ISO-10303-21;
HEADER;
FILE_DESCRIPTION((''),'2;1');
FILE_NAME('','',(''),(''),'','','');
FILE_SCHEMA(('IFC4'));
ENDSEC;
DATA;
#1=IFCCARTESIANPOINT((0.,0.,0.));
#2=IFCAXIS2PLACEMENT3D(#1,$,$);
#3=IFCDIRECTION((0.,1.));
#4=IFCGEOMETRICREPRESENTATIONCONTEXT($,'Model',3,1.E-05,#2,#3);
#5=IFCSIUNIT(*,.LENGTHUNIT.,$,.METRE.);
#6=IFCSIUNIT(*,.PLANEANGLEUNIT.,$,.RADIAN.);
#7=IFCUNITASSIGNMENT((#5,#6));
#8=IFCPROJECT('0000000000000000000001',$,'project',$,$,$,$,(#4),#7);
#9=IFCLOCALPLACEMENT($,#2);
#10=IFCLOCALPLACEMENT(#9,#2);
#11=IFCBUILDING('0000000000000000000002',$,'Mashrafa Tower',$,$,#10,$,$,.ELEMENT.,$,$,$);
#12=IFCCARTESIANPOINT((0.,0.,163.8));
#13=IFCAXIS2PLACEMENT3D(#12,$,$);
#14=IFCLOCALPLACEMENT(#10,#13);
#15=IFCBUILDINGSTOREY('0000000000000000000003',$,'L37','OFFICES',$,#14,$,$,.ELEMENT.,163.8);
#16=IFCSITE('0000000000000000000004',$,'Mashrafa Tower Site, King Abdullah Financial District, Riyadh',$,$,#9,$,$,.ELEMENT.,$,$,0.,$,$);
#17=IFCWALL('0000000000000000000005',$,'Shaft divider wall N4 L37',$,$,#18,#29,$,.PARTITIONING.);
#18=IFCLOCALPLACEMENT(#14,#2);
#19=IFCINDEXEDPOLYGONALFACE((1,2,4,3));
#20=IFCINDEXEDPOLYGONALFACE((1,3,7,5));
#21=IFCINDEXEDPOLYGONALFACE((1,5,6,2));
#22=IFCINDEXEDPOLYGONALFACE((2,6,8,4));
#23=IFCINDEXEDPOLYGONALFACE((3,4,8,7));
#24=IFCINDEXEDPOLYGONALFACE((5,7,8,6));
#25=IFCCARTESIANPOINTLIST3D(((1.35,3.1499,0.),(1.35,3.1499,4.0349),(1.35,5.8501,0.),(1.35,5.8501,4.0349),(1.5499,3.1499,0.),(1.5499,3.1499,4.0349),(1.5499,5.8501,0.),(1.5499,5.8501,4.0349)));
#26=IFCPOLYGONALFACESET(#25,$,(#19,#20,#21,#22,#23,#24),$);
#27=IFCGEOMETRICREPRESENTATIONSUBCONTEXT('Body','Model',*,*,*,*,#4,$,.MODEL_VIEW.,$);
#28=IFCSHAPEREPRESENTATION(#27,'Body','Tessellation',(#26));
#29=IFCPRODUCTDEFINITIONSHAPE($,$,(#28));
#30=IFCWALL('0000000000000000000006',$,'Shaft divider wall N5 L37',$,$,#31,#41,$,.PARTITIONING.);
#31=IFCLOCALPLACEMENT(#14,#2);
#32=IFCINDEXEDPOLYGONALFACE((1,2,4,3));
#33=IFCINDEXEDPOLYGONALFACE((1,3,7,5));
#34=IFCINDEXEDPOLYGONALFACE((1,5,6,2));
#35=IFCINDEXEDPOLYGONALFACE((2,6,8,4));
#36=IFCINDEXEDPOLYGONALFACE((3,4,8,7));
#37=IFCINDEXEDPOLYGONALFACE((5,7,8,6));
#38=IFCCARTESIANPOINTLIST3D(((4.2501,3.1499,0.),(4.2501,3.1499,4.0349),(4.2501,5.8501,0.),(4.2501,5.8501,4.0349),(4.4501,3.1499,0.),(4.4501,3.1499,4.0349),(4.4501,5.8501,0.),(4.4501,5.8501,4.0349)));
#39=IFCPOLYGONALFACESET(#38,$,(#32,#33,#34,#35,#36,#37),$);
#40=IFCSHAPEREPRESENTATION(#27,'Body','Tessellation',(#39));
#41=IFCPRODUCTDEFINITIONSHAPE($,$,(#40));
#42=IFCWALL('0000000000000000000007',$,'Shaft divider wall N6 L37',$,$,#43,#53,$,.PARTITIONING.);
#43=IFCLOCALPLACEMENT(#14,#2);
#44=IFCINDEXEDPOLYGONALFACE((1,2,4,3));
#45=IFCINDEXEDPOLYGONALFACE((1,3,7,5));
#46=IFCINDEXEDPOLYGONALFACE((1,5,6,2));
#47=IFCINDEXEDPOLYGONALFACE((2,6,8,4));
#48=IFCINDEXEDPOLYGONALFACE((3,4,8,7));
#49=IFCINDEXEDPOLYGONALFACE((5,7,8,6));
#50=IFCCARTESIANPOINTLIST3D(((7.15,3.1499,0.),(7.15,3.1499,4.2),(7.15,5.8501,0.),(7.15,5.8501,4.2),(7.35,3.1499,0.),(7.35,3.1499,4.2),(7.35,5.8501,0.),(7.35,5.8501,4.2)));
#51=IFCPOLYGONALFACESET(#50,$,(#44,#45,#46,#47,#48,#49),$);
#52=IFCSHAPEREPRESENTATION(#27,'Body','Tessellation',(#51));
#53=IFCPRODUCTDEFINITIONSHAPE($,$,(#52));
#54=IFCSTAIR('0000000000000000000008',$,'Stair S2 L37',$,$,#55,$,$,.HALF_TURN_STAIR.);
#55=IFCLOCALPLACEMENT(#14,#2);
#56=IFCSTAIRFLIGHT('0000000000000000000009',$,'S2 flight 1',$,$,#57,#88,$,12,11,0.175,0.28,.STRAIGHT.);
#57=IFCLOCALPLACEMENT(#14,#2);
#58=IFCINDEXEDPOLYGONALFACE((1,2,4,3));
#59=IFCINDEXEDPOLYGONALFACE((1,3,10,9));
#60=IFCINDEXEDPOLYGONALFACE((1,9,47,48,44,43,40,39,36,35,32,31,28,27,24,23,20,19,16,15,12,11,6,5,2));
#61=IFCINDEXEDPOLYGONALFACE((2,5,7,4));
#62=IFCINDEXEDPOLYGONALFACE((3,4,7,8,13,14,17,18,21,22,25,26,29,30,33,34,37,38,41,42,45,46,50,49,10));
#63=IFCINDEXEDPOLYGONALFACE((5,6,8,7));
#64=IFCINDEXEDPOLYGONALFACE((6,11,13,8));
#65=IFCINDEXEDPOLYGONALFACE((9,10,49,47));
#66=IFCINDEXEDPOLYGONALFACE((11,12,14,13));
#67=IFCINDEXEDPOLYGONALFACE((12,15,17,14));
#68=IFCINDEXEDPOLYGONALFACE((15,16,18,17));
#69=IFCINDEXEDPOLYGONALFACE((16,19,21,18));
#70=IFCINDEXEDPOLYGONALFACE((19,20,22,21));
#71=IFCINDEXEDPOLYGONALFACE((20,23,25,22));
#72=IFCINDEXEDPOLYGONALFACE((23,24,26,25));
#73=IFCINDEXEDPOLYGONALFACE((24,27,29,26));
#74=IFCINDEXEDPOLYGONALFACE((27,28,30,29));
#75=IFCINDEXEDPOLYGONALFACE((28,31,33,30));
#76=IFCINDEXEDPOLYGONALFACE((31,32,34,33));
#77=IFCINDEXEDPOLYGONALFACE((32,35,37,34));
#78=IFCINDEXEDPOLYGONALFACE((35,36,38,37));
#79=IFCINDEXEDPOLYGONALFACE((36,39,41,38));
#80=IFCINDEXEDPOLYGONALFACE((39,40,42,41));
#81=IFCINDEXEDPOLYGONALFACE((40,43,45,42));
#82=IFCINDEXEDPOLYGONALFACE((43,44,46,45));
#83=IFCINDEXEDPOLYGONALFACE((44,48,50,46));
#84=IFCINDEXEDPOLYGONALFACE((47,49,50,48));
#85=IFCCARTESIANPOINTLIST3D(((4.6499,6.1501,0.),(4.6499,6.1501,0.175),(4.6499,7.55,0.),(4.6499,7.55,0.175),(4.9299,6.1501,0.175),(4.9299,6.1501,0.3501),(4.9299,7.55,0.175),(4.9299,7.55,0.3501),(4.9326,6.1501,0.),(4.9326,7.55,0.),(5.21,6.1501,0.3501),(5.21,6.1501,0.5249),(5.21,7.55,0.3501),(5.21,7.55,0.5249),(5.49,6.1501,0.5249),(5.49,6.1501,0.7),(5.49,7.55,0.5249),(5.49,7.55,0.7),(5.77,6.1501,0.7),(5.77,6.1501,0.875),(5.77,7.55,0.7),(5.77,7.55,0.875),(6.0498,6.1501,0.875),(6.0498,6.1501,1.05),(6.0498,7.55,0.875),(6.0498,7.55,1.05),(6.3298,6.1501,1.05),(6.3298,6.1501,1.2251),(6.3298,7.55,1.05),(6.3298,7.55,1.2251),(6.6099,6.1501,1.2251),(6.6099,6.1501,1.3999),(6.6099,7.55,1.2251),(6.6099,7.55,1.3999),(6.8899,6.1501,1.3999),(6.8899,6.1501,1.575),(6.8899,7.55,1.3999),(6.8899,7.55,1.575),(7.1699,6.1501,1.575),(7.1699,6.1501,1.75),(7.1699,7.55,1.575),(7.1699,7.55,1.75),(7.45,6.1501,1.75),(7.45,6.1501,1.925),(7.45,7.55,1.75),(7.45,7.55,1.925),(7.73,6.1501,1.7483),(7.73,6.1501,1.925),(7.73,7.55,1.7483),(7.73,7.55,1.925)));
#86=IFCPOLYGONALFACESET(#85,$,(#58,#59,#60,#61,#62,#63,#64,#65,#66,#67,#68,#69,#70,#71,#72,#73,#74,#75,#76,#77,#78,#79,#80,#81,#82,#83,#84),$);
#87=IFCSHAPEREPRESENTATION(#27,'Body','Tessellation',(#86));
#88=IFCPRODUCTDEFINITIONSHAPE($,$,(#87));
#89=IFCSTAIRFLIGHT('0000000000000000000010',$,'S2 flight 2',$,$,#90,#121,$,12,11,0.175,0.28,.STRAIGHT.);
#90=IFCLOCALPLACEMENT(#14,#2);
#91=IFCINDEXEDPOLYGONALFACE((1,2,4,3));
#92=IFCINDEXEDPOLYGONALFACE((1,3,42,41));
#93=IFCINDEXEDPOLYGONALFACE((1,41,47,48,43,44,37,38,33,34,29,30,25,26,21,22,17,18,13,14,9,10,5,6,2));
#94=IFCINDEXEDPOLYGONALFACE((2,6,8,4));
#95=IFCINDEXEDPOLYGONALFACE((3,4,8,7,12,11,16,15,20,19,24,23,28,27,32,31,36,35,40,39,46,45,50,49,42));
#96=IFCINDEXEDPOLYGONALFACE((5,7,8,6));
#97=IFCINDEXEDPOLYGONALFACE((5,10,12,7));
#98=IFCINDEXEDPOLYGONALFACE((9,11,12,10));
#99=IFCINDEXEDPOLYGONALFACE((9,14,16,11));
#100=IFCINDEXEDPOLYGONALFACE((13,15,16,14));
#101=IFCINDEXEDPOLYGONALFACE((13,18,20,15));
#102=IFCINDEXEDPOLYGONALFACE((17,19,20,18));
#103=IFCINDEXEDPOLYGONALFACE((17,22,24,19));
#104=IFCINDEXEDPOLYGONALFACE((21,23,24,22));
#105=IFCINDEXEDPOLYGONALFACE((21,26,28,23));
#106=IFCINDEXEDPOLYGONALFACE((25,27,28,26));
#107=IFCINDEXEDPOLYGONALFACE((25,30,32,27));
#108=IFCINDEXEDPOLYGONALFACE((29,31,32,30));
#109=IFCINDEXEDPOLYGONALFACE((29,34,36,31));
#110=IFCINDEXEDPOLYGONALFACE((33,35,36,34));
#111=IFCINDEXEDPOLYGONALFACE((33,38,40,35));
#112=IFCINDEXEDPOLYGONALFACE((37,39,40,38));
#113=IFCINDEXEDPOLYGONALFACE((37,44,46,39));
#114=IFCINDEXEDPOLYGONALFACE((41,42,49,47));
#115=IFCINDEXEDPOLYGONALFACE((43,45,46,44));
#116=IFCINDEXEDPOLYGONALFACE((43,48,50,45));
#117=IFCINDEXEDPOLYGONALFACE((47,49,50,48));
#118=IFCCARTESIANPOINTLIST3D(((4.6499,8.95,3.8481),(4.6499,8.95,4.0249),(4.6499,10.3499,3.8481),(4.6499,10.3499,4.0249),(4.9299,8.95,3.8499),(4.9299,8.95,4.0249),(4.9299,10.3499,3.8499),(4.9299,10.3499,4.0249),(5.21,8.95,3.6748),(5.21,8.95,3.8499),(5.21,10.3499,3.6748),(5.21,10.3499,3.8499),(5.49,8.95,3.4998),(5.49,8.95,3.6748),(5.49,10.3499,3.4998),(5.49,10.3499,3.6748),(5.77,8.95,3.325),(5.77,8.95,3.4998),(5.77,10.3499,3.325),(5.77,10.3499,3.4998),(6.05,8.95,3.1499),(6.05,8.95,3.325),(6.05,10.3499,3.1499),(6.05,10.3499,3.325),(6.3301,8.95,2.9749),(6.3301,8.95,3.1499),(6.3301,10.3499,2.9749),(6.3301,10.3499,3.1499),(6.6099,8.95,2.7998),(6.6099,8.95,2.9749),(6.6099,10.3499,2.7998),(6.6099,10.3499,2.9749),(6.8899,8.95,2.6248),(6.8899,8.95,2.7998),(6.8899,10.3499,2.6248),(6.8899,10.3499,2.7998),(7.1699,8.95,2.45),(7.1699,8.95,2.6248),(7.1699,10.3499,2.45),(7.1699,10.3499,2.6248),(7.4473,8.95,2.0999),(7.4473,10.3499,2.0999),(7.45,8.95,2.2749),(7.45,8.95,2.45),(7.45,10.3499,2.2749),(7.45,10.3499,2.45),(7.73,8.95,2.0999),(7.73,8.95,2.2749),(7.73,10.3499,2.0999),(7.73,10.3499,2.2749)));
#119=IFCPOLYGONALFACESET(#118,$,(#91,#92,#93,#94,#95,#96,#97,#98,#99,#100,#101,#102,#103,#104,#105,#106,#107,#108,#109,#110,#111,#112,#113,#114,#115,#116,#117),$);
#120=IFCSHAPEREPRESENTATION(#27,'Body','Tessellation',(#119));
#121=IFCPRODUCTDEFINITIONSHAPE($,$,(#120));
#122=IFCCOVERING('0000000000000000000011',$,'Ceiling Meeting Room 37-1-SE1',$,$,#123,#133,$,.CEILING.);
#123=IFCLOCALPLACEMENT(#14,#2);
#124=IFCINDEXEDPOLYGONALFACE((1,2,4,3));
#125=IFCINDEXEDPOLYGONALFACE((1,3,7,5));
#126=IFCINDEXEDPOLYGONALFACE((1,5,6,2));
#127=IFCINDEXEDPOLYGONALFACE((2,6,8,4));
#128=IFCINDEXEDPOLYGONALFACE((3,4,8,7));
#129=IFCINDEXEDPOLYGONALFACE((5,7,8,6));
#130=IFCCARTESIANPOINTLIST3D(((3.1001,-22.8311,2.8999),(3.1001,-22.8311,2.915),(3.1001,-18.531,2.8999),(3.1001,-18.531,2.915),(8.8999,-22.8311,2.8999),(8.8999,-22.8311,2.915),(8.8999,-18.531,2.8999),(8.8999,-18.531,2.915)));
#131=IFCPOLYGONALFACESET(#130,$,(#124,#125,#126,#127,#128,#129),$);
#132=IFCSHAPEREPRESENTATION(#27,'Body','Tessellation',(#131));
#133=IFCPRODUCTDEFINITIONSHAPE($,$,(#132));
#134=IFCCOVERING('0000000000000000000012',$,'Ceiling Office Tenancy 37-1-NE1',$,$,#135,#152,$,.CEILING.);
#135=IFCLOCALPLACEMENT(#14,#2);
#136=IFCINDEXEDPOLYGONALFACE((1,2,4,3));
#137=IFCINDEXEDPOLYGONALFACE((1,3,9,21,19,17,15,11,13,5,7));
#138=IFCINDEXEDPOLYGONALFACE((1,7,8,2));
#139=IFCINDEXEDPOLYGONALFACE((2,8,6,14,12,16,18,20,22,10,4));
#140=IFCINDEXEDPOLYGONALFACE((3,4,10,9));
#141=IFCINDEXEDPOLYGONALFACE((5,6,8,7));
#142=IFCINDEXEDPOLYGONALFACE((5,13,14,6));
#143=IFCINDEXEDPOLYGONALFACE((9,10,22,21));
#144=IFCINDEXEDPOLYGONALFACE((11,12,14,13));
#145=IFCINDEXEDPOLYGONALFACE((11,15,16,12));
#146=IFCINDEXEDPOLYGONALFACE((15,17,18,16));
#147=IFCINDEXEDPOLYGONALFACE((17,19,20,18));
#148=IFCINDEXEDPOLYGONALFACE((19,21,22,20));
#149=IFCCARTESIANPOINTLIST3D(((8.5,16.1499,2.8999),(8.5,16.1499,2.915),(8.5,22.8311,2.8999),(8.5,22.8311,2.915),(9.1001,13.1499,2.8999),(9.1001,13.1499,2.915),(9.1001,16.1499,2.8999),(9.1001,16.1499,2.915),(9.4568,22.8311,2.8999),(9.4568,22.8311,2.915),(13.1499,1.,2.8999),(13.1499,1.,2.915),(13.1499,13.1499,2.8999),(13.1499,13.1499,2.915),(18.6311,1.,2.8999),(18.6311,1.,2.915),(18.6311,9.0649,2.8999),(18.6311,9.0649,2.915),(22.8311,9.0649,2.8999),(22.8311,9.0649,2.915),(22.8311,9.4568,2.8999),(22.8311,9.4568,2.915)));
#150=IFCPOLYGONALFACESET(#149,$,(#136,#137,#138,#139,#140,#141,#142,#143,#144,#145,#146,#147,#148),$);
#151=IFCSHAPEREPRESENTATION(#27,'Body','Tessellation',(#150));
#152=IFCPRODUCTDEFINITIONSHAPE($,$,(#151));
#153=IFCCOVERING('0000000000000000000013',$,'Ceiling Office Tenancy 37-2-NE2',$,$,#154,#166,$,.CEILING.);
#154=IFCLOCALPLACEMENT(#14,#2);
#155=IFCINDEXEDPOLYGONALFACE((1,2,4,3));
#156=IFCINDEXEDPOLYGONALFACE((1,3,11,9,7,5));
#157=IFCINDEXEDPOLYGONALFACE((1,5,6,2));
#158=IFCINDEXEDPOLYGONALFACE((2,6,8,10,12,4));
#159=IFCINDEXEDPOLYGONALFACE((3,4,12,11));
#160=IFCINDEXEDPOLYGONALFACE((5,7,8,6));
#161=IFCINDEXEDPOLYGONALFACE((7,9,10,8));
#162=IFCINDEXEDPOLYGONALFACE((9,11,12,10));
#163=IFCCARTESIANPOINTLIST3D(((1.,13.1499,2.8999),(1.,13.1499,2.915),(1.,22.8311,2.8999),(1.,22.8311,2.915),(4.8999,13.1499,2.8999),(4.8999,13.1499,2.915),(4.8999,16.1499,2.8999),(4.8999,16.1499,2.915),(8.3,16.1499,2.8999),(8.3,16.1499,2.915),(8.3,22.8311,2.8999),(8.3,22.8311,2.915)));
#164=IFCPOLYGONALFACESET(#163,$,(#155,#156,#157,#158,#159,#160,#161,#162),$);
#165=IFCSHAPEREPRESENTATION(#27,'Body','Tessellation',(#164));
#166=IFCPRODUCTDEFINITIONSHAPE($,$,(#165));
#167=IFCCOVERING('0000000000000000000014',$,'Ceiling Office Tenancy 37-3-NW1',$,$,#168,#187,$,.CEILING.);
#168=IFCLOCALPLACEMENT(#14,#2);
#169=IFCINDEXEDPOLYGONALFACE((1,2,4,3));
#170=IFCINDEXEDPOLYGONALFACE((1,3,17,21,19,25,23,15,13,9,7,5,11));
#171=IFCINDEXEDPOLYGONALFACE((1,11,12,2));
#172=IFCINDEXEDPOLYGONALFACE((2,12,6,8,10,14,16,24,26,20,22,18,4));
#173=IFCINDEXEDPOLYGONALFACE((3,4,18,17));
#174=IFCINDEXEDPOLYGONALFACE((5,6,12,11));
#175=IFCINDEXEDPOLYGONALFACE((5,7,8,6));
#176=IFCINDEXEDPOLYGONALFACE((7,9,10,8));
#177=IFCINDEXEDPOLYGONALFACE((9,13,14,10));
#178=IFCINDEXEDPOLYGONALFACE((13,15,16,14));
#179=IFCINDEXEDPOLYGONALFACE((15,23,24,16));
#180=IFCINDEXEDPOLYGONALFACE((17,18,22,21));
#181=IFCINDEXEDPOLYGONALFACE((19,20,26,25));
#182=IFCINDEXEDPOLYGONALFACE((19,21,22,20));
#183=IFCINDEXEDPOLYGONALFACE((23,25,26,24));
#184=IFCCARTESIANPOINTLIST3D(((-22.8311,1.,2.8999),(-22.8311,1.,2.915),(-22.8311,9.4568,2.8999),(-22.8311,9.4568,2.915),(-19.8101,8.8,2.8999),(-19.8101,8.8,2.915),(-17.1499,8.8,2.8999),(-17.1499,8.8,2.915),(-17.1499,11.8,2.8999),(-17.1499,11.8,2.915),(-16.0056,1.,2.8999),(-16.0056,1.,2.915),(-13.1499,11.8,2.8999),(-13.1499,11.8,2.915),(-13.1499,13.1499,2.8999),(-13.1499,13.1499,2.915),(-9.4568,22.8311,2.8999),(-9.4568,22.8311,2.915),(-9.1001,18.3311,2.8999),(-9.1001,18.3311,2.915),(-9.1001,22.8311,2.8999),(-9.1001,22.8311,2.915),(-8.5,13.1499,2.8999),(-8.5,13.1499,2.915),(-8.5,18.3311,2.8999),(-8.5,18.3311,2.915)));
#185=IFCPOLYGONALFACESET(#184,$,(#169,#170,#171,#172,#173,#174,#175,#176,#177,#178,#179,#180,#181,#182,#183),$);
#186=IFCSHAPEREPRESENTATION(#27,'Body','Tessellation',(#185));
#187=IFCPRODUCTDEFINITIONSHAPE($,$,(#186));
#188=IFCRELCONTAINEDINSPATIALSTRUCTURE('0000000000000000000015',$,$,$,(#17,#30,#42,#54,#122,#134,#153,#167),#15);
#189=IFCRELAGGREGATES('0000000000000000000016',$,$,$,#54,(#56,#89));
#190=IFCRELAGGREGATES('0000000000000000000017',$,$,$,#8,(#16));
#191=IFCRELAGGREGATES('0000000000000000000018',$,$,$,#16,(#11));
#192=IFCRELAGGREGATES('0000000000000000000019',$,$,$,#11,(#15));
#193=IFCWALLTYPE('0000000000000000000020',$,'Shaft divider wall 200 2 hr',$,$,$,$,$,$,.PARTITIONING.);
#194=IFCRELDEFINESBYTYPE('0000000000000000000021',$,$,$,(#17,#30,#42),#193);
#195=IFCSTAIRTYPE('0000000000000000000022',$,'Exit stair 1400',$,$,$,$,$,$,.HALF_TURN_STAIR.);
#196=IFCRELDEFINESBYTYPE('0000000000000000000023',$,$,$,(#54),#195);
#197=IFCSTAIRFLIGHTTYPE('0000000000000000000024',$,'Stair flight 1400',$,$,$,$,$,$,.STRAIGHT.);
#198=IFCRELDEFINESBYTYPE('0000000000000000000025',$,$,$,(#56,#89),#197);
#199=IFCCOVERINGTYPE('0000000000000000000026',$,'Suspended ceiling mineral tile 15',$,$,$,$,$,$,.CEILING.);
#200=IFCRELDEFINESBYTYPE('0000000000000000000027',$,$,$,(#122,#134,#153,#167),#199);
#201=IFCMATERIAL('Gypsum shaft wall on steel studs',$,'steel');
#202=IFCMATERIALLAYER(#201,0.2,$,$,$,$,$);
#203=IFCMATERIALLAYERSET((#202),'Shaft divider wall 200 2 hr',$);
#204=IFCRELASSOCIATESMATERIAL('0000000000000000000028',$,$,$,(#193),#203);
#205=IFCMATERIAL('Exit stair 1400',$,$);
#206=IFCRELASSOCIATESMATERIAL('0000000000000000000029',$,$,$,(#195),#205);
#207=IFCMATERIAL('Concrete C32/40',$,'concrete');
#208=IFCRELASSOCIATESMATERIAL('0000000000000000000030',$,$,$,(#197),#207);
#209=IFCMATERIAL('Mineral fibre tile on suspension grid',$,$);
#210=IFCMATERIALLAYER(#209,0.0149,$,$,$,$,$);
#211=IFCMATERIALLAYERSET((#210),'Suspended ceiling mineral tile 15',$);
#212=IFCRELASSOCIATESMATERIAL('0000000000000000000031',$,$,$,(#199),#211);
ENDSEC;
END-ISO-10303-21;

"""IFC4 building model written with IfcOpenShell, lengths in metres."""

from ifc_helpers import new_model, si_unit, direction, frame, frame_2d, origin, place, context, subcontext, project, spatial, polyline, rectangle, outline, extrude, material, layer, layer_set, type_object, element, aggregate, save


model = new_model("IFC4")

# Units and contexts
model_context = context("Model", 3, precision=1e-05, world=origin(), true_north=direction((0.0, 1.0)))
body_context = subcontext(model_context, "Body", "Model", "MODEL_VIEW")
ifc_project = project(units=[si_unit("LENGTHUNIT", "METRE"), si_unit("PLANEANGLEUNIT", "RADIAN")], contexts=[model_context])

# Site, building, storey
site_placement = place(None, origin())
site = spatial("IfcSite", under=ifc_project, at=site_placement, Name="Mashrafa Tower Site, King Abdullah Financial District, Riyadh", CompositionType="ELEMENT", RefElevation=0.0)
building_placement = place(site_placement, origin())
building = spatial("IfcBuilding", under=site, at=building_placement, Name="Mashrafa Tower", CompositionType="ELEMENT")
storey_placement = place(building_placement, frame((0.0, 0.0, 163.8)))
storey = spatial("IfcBuildingStorey", under=building, at=storey_placement, Name="L37", Description="OFFICES", CompositionType="ELEMENT", Elevation=163.8)

# Walls
ifc_material_1 = material(Name="Gypsum shaft wall on steel studs", Category="steel")
ifc_layer_1 = layer(ifc_material_1, 0.2)
ifc_layer_set_1 = layer_set([ifc_layer_1], Name="Shaft divider wall 200 2 hr")
wall_type_1 = type_object("IfcWallType", Name="Shaft divider wall 200 2 hr", PredefinedType="PARTITIONING", material=ifc_layer_set_1)
for number, where, z_axis, x_axis, name in (
    (1, (1.45, 3.1499, 0.0), (0.0, 0.0, 1.0), (0.0, 1.0, 0.0), "Shaft divider wall N4 L37"),
    (2, (4.3501, 3.1499, 0.0), (0.0, 0.0, 1.0), (0.0, 1.0, 0.0), "Shaft divider wall N5 L37"),
):
    element("IfcWall", number, at=place(storey_placement, frame(where, z_axis=z_axis, x_axis=x_axis)), inside=storey, type_object=wall_type_1, Name=name, PredefinedType="PARTITIONING", context=body_context, shape_type="SweptSolid", body=[
        extrude(rectangle(XDim=2.7002, YDim=0.2, at=frame_2d((1.3501, 0.0))), origin(), (0.0, 0.0, 1.0), 4.0349),
    ])
wall_1_placement = place(storey_placement, frame((7.25, 3.1499, 0.0), z_axis=(0.0, 0.0, 1.0), x_axis=(0.0, 1.0, 0.0)))
element("IfcWall", 3, at=wall_1_placement, inside=storey, type_object=wall_type_1, Name="Shaft divider wall N6 L37", PredefinedType="PARTITIONING", context=body_context, shape_type="SweptSolid", body=[
    extrude(rectangle(XDim=2.7002, YDim=0.2, at=frame_2d((1.3501, 0.0))), origin(), (0.0, 0.0, 1.0), 4.2),
])

# Stair, stair flights
ifc_material_2 = material(Name="Exit stair 1400")
stair_type = type_object("IfcStairType", Name="Exit stair 1400", PredefinedType="HALF_TURN_STAIR", material=ifc_material_2)
stair_placement = place(storey_placement, origin())
stair = element("IfcStair", 4, at=stair_placement, inside=storey, type_object=stair_type, Name="Stair S2 L37", PredefinedType="HALF_TURN_STAIR")
ifc_material_3 = material(Name="Concrete C32/40", Category="concrete")
stair_flight_type = type_object("IfcStairFlightType", Name="Stair flight 1400", PredefinedType="STRAIGHT", material=ifc_material_3)
stair_flight_1_placement = place(storey_placement, frame((4.6499, 6.8501, 0.0), z_axis=(0.0, 0.0, 1.0), x_axis=(1.0, 0.0, 0.0)))
stair_flight_1 = element("IfcStairFlight", 5, at=stair_flight_1_placement, type_object=stair_flight_type, Name="S2 flight 1", NumberOfRisers=12, NumberOfTreads=11, PredefinedType="STRAIGHT", RiserHeight=0.175, TreadLength=0.28, context=body_context, shape_type="SweptSolid", body=[
    extrude(outline(polyline([(0.0, 0.0), (0.0, 0.175), (0.28, 0.175), (0.28, 0.3501), (0.5601, 0.3501), (0.5601, 0.5249), (0.8401, 0.5249), (0.8401, 0.7), (1.1201, 0.7), (1.1201, 0.875), (1.3999, 0.875), (1.3999, 1.05), (1.6799, 1.05), (1.6799, 1.2251), (1.96, 1.2251), (1.96, 1.3999), (2.24, 1.3999), (2.24, 1.575), (2.52, 1.575), (2.52, 1.75), (2.8, 1.75), (2.8, 1.925), (3.0801, 1.925), (3.0801, 2.1001), (3.0801, 1.7483), (0.2827, 0.0), (0.0, 0.0)])), frame((0.0, 0.7, 0.0), z_axis=(0.0, -1.0, 0.0), x_axis=(1.0, 0.0, 0.0)), (0.0, 0.0, 1.0), 1.3999),
])
stair_flight_2_placement = place(storey_placement, frame((7.73, 9.6499, 2.0999), z_axis=(0.0, 0.0, 1.0), x_axis=(-1.0, 0.0, 0.0)))
stair_flight_2 = element("IfcStairFlight", 6, at=stair_flight_2_placement, type_object=stair_flight_type, Name="S2 flight 2", NumberOfRisers=12, NumberOfTreads=11, PredefinedType="STRAIGHT", RiserHeight=0.175, TreadLength=0.28, context=body_context, shape_type="SweptSolid", body=[
    extrude(outline(polyline([(0.0, 0.0), (0.0, 0.175), (0.28, 0.175), (0.28, 0.3501), (0.5601, 0.3501), (0.5601, 0.5249), (0.8401, 0.5249), (0.8401, 0.7), (1.1201, 0.7), (1.1201, 0.875), (1.3999, 0.875), (1.3999, 1.05), (1.6799, 1.05), (1.6799, 1.2251), (1.96, 1.2251), (1.96, 1.3999), (2.24, 1.3999), (2.24, 1.575), (2.52, 1.575), (2.52, 1.75), (2.8, 1.75), (2.8, 1.925), (3.0801, 1.925), (3.0801, 2.1001), (3.0801, 1.7483), (0.2827, 0.0), (0.0, 0.0)])), frame((0.0, 0.7, 0.0), z_axis=(0.0, -1.0, 0.0), x_axis=(1.0, 0.0, 0.0)), (0.0, 0.0, 1.0), 1.3999),
])
aggregate(stair, [stair_flight_1, stair_flight_2])

# Coverings
ifc_material_4 = material(Name="Mineral fibre tile on suspension grid")
ifc_layer_2 = layer(ifc_material_4, 0.0149)
ifc_layer_set_2 = layer_set([ifc_layer_2], Name="Suspended ceiling mineral tile 15")
covering_type = type_object("IfcCoveringType", Name="Suspended ceiling mineral tile 15", PredefinedType="CEILING", material=ifc_layer_set_2)
covering_1_placement = place(storey_placement, frame((0.0, 0.0, 2.8999)))
element("IfcCovering", 7, at=covering_1_placement, inside=storey, type_object=covering_type, Name="Ceiling Meeting Room 37-1-SE1", PredefinedType="CEILING", context=body_context, shape_type="SweptSolid", body=[
    extrude(outline(polyline([(3.1001, -18.531), (8.8999, -18.531), (8.8999, -22.8311), (3.1001, -22.8311), (3.1001, -18.531)])), origin(), (0.0, 0.0, 1.0), 0.0151),
])
covering_2_placement = place(storey_placement, frame((0.0, 0.0, 2.8999)))
element("IfcCovering", 8, at=covering_2_placement, inside=storey, type_object=covering_type, Name="Ceiling Office Tenancy 37-1-NE1", PredefinedType="CEILING", context=body_context, shape_type="SweptSolid", body=[
    extrude(outline(polyline([(8.5, 16.1499), (8.5, 22.8311), (9.4568, 22.8311), (22.8311, 9.4568), (22.8311, 9.0649), (18.6311, 9.0649), (18.6311, 1.0), (13.1499, 1.0), (13.1499, 13.1499), (9.1001, 13.1499), (9.1001, 16.1499), (8.5, 16.1499)])), origin(), (0.0, 0.0, 1.0), 0.0151),
])
covering_3_placement = place(storey_placement, frame((0.0, 0.0, 2.8999)))
element("IfcCovering", 9, at=covering_3_placement, inside=storey, type_object=covering_type, Name="Ceiling Office Tenancy 37-2-NE2", PredefinedType="CEILING", context=body_context, shape_type="SweptSolid", body=[
    extrude(outline(polyline([(1.0, 22.8311), (8.3, 22.8311), (8.3, 16.1499), (4.8999, 16.1499), (4.8999, 13.1499), (1.0, 13.1499), (1.0, 22.8311)])), origin(), (0.0, 0.0, 1.0), 0.0151),
])
covering_4_placement = place(storey_placement, frame((0.0, 0.0, 2.8999)))
element("IfcCovering", 10, at=covering_4_placement, inside=storey, type_object=covering_type, Name="Ceiling Office Tenancy 37-3-NW1", PredefinedType="CEILING", context=body_context, shape_type="SweptSolid", body=[
    extrude(outline(polyline([(-22.8311, 1.0), (-22.8311, 9.4568), (-9.4568, 22.8311), (-9.1001, 22.8311), (-9.1001, 18.3311), (-8.5, 18.3311), (-8.5, 13.1499), (-13.1499, 13.1499), (-13.1499, 11.8), (-17.1499, 11.8), (-17.1499, 8.8), (-19.8101, 8.8), (-16.0056, 1.0), (-22.8311, 1.0)])), origin(), (0.0, 0.0, 1.0), 0.0151),
])

save(model, "model.ifc")
